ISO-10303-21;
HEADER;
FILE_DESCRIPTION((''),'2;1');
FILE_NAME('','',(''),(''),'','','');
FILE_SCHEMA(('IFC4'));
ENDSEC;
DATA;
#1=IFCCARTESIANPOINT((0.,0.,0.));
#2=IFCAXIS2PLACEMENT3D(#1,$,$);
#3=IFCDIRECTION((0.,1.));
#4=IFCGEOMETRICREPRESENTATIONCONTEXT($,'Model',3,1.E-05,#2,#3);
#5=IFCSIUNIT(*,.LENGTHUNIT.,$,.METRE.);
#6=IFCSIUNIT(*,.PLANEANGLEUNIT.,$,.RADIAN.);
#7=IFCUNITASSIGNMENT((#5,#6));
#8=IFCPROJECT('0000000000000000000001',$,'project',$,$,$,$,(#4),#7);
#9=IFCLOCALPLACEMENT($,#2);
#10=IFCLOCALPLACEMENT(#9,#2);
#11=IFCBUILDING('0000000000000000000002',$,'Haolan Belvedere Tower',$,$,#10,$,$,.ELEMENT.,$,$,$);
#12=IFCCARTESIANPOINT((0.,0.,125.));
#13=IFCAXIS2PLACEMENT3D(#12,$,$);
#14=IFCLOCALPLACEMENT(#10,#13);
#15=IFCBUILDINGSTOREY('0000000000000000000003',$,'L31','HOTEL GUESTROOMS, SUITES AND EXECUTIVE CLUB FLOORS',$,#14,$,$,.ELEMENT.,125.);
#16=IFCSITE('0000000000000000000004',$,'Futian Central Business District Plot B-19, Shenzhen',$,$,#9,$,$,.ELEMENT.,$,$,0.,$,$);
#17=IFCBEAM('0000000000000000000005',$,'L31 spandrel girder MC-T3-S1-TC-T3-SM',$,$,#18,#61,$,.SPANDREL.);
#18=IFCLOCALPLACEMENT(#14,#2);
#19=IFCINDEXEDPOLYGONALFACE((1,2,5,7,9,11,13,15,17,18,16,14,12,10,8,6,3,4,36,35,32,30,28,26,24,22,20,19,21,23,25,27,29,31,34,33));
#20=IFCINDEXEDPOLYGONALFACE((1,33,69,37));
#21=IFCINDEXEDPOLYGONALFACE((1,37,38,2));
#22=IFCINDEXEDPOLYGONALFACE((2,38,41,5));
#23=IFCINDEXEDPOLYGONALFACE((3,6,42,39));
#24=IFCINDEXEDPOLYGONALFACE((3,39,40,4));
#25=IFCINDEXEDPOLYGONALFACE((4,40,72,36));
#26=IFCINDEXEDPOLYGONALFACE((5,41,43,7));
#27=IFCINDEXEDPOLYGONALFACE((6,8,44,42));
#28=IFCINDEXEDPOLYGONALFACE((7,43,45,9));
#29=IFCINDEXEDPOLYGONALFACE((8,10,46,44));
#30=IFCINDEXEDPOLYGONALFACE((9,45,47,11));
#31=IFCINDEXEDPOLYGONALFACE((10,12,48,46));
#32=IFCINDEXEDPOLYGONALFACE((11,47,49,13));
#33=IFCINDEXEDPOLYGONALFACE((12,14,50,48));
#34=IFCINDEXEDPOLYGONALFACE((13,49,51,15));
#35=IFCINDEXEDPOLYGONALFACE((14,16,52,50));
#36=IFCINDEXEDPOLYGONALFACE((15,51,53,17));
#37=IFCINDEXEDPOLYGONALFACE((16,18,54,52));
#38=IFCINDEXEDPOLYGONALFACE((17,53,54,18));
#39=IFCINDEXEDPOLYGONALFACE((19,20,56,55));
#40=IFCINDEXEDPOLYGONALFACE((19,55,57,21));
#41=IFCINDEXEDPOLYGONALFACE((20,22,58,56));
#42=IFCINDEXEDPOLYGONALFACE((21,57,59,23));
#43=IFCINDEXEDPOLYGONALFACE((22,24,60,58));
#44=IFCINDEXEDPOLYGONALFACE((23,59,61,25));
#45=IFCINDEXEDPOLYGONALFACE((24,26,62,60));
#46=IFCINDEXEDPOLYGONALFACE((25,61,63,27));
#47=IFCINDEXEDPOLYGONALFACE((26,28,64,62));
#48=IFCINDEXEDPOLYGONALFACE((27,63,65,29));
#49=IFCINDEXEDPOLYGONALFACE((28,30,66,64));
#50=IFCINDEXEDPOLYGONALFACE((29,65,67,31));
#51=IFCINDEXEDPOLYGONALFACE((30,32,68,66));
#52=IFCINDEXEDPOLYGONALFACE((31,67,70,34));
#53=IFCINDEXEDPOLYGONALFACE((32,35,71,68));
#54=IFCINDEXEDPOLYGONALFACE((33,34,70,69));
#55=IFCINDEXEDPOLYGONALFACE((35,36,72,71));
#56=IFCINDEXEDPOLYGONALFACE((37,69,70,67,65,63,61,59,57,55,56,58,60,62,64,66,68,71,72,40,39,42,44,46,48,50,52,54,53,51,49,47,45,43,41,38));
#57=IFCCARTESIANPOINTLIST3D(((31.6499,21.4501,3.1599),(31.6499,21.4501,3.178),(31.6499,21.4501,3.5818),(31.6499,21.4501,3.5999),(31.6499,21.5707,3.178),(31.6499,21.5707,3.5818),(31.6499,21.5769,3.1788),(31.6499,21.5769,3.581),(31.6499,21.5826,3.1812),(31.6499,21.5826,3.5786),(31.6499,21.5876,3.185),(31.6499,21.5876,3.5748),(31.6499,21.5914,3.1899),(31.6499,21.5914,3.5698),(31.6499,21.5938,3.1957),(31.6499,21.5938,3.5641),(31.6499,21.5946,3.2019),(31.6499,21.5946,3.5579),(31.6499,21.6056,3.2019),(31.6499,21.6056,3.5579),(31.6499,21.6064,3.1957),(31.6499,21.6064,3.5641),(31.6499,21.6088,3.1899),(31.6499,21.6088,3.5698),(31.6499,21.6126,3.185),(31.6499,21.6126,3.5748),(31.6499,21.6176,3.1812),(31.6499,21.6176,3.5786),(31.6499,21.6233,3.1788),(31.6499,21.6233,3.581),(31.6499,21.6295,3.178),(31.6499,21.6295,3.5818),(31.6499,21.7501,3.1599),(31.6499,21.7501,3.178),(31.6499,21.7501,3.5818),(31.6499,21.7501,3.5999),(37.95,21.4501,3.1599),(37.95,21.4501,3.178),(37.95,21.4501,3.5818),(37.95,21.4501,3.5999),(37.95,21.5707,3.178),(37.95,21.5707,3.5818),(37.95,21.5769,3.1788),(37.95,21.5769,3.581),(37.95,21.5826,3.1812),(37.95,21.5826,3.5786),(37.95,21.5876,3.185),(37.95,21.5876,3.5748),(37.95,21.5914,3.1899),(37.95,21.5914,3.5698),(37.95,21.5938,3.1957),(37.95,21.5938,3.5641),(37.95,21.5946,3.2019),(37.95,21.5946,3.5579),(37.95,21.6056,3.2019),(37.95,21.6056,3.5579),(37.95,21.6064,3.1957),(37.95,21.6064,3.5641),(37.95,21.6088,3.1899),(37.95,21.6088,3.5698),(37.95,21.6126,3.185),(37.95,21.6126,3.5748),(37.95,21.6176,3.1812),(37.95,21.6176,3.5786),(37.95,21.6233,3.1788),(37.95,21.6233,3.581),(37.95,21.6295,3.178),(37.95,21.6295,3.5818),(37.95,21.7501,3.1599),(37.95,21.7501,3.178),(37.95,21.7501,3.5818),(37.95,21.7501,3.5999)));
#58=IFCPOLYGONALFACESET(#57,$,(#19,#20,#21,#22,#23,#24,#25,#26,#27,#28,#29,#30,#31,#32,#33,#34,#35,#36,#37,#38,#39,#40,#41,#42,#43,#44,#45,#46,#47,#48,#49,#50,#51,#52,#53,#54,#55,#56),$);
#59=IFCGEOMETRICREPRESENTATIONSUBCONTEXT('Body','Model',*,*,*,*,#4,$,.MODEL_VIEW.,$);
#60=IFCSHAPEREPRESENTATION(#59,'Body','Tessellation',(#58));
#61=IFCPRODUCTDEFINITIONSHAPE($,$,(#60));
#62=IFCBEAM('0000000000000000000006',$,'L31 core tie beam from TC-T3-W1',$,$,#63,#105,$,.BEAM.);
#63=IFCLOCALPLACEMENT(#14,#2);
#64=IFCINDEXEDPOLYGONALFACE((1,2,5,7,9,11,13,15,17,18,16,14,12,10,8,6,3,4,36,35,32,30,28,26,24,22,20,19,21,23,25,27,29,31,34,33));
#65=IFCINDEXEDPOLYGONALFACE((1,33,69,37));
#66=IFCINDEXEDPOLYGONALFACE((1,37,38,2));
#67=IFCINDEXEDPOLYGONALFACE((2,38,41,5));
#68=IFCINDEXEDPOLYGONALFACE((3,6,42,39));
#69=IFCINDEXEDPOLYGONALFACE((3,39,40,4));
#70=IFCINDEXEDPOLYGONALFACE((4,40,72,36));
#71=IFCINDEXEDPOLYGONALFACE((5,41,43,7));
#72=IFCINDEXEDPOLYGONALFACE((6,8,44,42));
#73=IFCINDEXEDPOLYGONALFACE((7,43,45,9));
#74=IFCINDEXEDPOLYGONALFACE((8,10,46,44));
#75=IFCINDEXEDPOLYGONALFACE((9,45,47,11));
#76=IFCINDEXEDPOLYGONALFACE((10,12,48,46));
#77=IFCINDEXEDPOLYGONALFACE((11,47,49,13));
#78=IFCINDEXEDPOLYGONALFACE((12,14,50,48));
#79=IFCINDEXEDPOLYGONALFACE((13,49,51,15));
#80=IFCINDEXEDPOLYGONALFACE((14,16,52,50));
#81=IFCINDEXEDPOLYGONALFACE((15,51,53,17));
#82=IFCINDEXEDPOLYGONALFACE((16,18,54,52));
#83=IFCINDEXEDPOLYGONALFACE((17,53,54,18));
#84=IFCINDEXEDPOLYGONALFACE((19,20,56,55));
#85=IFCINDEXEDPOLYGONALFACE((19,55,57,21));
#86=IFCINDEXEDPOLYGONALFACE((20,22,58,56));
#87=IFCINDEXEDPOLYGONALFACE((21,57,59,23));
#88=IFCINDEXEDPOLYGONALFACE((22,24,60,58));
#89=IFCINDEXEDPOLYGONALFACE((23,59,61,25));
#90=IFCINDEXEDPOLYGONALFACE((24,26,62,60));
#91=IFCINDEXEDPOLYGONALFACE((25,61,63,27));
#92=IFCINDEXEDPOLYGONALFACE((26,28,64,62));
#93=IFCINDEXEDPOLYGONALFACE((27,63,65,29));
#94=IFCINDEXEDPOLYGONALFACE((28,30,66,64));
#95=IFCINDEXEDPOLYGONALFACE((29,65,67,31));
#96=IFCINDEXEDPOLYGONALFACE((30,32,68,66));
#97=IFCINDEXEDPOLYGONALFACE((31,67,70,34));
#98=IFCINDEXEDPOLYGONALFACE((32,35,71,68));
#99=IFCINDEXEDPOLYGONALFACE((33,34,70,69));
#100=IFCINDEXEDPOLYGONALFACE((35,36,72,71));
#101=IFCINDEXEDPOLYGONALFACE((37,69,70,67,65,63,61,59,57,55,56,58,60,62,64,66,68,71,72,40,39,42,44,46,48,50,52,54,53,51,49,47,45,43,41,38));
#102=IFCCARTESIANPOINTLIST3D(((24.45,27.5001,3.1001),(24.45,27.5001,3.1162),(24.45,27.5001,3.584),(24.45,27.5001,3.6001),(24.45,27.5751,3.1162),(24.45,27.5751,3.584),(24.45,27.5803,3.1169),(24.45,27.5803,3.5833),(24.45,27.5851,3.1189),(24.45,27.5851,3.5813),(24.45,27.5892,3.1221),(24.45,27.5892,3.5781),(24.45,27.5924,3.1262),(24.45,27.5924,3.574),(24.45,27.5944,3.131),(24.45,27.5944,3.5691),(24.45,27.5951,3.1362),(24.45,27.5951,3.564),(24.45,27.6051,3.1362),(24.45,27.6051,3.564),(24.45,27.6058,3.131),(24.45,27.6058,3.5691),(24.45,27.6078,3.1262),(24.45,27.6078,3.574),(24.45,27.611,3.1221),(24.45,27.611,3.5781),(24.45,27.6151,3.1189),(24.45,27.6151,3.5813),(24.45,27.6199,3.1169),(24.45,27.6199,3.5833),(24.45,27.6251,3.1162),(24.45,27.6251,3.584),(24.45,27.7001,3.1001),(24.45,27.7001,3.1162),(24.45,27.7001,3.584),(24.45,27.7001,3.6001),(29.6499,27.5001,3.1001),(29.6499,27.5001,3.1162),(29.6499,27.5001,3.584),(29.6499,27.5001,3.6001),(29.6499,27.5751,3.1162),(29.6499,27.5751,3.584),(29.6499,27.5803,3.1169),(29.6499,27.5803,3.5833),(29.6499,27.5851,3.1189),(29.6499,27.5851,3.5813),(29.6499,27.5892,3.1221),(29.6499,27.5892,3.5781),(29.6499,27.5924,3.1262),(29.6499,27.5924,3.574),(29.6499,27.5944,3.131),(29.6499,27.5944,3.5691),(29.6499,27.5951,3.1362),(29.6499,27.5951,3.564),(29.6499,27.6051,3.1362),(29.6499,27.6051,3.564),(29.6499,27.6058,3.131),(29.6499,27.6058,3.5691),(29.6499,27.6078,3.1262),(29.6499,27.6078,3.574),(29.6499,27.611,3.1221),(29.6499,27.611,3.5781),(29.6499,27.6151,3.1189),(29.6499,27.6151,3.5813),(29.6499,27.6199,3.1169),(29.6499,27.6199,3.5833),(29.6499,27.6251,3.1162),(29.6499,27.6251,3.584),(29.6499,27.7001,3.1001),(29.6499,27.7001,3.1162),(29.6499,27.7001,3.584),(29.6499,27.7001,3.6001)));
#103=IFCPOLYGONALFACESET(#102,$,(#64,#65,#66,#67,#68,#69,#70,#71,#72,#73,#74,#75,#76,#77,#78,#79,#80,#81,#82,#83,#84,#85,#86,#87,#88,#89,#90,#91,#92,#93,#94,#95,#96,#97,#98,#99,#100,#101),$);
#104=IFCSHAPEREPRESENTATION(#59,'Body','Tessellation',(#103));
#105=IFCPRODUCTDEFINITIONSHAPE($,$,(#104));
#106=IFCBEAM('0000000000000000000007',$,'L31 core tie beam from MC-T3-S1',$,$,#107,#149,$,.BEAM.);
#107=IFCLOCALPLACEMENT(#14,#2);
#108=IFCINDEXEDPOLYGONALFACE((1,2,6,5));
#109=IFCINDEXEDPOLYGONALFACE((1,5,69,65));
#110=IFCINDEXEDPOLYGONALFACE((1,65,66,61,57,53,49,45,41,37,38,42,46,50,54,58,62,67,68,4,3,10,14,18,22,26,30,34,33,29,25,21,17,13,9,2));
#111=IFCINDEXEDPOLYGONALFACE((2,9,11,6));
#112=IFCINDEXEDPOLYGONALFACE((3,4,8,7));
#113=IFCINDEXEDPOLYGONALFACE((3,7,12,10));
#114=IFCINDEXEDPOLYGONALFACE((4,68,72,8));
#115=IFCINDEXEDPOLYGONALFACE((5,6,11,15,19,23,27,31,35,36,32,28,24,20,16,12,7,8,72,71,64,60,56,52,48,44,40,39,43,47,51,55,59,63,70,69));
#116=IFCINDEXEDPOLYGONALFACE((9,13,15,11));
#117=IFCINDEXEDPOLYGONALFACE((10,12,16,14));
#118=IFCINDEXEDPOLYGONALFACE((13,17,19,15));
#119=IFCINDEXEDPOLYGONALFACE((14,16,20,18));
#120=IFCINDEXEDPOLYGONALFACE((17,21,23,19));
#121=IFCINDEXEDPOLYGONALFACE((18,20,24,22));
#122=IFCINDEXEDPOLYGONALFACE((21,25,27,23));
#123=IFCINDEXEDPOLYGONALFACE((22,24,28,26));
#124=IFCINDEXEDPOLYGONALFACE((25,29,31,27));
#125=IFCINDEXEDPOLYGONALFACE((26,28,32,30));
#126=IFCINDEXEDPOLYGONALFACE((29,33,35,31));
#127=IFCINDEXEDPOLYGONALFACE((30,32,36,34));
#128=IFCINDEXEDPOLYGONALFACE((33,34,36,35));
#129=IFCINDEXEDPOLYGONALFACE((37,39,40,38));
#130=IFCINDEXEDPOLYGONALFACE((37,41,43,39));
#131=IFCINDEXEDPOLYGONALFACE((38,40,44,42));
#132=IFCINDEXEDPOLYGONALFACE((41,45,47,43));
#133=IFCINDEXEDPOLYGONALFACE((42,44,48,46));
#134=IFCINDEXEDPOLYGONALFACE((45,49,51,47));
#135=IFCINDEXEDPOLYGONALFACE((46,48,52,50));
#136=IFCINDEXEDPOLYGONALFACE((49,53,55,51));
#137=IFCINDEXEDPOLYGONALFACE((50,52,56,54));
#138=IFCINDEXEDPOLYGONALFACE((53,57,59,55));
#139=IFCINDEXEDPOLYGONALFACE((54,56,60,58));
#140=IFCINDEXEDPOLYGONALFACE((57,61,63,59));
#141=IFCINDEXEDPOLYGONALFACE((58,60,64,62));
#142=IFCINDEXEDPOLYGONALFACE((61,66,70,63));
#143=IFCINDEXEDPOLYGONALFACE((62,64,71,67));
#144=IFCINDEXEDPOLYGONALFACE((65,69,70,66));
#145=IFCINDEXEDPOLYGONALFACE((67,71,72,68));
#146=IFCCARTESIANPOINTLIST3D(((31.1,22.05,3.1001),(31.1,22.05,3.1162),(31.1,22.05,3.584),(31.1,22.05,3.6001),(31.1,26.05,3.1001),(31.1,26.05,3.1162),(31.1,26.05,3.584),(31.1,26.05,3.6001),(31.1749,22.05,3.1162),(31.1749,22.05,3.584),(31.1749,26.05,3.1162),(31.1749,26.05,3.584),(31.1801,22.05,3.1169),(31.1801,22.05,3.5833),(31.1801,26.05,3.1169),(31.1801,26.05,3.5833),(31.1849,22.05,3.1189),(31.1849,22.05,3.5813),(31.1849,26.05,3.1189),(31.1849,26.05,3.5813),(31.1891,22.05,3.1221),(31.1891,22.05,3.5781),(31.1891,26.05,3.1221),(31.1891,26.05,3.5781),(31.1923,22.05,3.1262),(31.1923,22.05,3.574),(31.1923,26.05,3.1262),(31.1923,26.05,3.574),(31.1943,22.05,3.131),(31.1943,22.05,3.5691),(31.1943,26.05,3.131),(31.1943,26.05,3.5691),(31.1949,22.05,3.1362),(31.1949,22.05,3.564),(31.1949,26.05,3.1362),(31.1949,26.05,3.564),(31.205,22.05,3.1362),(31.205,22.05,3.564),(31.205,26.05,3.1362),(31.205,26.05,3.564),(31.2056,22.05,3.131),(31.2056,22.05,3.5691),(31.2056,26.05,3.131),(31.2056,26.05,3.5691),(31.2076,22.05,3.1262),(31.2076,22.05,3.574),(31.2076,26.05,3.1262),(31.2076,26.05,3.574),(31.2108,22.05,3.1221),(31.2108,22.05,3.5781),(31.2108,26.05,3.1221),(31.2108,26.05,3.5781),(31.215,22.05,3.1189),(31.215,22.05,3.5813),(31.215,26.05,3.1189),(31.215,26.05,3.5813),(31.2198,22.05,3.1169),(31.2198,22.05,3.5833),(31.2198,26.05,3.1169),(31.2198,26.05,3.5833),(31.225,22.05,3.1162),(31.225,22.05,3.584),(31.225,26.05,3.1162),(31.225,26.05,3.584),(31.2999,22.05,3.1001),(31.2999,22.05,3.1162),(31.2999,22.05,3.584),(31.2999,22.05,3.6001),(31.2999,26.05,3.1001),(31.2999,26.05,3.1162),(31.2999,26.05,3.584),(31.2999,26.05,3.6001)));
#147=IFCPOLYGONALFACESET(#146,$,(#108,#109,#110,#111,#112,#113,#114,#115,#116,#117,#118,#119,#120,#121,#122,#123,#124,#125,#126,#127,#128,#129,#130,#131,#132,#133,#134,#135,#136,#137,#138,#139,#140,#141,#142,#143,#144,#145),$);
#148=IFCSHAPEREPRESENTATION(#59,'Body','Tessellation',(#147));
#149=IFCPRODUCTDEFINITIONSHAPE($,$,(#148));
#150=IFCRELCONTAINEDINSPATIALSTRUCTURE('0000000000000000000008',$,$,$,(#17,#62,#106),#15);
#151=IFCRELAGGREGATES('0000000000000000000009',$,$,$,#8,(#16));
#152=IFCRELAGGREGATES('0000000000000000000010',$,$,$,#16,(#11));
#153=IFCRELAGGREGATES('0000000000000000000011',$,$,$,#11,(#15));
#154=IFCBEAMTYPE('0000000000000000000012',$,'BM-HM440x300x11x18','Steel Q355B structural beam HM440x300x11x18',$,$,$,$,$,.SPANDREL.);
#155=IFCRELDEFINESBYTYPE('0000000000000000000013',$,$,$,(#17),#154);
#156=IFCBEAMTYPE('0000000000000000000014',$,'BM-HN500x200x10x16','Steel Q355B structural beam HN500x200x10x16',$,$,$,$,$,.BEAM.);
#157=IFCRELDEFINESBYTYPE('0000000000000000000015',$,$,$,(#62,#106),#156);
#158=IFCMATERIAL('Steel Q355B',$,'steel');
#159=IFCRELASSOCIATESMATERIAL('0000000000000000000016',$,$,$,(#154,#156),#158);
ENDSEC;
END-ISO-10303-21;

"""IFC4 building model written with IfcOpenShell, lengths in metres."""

from ifc_helpers import new_model, si_unit, direction, frame, origin, origin_2d, place, context, subcontext, project, spatial, i_section, extrude, material, material_profile, profile_set, type_object, element, save


model = new_model("IFC4")

# Units and contexts
model_context = context("Model", 3, precision=1e-05, world=origin(), true_north=direction((0.0, 1.0)))
body_context = subcontext(model_context, "Body", "Model", "MODEL_VIEW")
ifc_project = project(units=[si_unit("LENGTHUNIT", "METRE"), si_unit("PLANEANGLEUNIT", "RADIAN")], contexts=[model_context])

# Site, building, storey
site_placement = place(None, origin())
site = spatial("IfcSite", under=ifc_project, at=site_placement, Name="Futian Central Business District Plot B-19, Shenzhen", CompositionType="ELEMENT", RefElevation=0.0)
building_placement = place(site_placement, origin())
building = spatial("IfcBuilding", under=site, at=building_placement, Name="Haolan Belvedere Tower", CompositionType="ELEMENT")
storey_placement = place(building_placement, frame((0.0, 0.0, 125.0)))
storey = spatial("IfcBuildingStorey", under=building, at=storey_placement, Name="L31", Description="HOTEL GUESTROOMS, SUITES AND EXECUTIVE CLUB FLOORS", CompositionType="ELEMENT", Elevation=125.0)

# Beams
ifc_material_1 = material(Name="Steel Q355B", Category="steel")
ifc_material_profile_1 = material_profile(ifc_material_1, i_section(OverallWidth=0.3, OverallDepth=0.4399, WebThickness=0.011, FlangeThickness=0.0181, FilletRadius=0.0239, at=origin_2d()), Name="Steel Q355B")
ifc_profile_set_1 = profile_set([ifc_material_profile_1], Name="Steel Q355B")
beam_type_1 = type_object("IfcBeamType", Name="BM-HM440x300x11x18", Description="Steel Q355B structural beam HM440x300x11x18", PredefinedType="SPANDREL", material=ifc_profile_set_1)
for number, where, z_axis, x_axis, name in (
    (1, (31.6499, 21.6001, 3.3799), (1.0, 0.0, 0.0), (0.0, 1.0, 0.0), "L31 spandrel girder MC-T3-S1-TC-T3-SM"),
):
    element("IfcBeam", number, at=place(storey_placement, frame(where, z_axis=z_axis, x_axis=x_axis)), inside=storey, type_object=beam_type_1, Name=name, PredefinedType="SPANDREL", context=body_context, shape_type="SweptSolid", body=[
        extrude(i_section(OverallWidth=0.3, OverallDepth=0.4399, WebThickness=0.011, FlangeThickness=0.0181, FilletRadius=0.0239, at=origin_2d()), origin(), (0.0, 0.0, 1.0), 6.3),
    ])
ifc_material_profile_2 = material_profile(ifc_material_1, i_section(OverallWidth=0.2, OverallDepth=0.5, WebThickness=0.01, FlangeThickness=0.0161, FilletRadius=0.02, at=origin_2d()), Name="Steel Q355B")
ifc_profile_set_2 = profile_set([ifc_material_profile_2], Name="Steel Q355B")
beam_type_2 = type_object("IfcBeamType", Name="BM-HN500x200x10x16", Description="Steel Q355B structural beam HN500x200x10x16", PredefinedType="BEAM", material=ifc_profile_set_2)
beam_1_placement = place(storey_placement, frame((24.45, 27.6001, 3.3501), z_axis=(1.0, 0.0, 0.0), x_axis=(0.0, 1.0, 0.0)))
element("IfcBeam", 2, at=beam_1_placement, inside=storey, type_object=beam_type_2, Name="L31 core tie beam from TC-T3-W1", PredefinedType="BEAM", context=body_context, shape_type="SweptSolid", body=[
    extrude(i_section(OverallWidth=0.2, OverallDepth=0.5, WebThickness=0.01, FlangeThickness=0.0161, FilletRadius=0.02, at=origin_2d()), origin(), (0.0, 0.0, 1.0), 5.2),
])
beam_2_placement = place(storey_placement, frame((31.2, 22.05, 3.3501), z_axis=(0.0, 1.0, 0.0), x_axis=(-1.0, 0.0, 0.0)))
element("IfcBeam", 3, at=beam_2_placement, inside=storey, type_object=beam_type_2, Name="L31 core tie beam from MC-T3-S1", PredefinedType="BEAM", context=body_context, shape_type="SweptSolid", body=[
    extrude(i_section(OverallWidth=0.2, OverallDepth=0.5, WebThickness=0.01, FlangeThickness=0.0161, FilletRadius=0.02, at=origin_2d()), origin(), (0.0, 0.0, 1.0), 4.0),
])

save(model, "model.ifc")
